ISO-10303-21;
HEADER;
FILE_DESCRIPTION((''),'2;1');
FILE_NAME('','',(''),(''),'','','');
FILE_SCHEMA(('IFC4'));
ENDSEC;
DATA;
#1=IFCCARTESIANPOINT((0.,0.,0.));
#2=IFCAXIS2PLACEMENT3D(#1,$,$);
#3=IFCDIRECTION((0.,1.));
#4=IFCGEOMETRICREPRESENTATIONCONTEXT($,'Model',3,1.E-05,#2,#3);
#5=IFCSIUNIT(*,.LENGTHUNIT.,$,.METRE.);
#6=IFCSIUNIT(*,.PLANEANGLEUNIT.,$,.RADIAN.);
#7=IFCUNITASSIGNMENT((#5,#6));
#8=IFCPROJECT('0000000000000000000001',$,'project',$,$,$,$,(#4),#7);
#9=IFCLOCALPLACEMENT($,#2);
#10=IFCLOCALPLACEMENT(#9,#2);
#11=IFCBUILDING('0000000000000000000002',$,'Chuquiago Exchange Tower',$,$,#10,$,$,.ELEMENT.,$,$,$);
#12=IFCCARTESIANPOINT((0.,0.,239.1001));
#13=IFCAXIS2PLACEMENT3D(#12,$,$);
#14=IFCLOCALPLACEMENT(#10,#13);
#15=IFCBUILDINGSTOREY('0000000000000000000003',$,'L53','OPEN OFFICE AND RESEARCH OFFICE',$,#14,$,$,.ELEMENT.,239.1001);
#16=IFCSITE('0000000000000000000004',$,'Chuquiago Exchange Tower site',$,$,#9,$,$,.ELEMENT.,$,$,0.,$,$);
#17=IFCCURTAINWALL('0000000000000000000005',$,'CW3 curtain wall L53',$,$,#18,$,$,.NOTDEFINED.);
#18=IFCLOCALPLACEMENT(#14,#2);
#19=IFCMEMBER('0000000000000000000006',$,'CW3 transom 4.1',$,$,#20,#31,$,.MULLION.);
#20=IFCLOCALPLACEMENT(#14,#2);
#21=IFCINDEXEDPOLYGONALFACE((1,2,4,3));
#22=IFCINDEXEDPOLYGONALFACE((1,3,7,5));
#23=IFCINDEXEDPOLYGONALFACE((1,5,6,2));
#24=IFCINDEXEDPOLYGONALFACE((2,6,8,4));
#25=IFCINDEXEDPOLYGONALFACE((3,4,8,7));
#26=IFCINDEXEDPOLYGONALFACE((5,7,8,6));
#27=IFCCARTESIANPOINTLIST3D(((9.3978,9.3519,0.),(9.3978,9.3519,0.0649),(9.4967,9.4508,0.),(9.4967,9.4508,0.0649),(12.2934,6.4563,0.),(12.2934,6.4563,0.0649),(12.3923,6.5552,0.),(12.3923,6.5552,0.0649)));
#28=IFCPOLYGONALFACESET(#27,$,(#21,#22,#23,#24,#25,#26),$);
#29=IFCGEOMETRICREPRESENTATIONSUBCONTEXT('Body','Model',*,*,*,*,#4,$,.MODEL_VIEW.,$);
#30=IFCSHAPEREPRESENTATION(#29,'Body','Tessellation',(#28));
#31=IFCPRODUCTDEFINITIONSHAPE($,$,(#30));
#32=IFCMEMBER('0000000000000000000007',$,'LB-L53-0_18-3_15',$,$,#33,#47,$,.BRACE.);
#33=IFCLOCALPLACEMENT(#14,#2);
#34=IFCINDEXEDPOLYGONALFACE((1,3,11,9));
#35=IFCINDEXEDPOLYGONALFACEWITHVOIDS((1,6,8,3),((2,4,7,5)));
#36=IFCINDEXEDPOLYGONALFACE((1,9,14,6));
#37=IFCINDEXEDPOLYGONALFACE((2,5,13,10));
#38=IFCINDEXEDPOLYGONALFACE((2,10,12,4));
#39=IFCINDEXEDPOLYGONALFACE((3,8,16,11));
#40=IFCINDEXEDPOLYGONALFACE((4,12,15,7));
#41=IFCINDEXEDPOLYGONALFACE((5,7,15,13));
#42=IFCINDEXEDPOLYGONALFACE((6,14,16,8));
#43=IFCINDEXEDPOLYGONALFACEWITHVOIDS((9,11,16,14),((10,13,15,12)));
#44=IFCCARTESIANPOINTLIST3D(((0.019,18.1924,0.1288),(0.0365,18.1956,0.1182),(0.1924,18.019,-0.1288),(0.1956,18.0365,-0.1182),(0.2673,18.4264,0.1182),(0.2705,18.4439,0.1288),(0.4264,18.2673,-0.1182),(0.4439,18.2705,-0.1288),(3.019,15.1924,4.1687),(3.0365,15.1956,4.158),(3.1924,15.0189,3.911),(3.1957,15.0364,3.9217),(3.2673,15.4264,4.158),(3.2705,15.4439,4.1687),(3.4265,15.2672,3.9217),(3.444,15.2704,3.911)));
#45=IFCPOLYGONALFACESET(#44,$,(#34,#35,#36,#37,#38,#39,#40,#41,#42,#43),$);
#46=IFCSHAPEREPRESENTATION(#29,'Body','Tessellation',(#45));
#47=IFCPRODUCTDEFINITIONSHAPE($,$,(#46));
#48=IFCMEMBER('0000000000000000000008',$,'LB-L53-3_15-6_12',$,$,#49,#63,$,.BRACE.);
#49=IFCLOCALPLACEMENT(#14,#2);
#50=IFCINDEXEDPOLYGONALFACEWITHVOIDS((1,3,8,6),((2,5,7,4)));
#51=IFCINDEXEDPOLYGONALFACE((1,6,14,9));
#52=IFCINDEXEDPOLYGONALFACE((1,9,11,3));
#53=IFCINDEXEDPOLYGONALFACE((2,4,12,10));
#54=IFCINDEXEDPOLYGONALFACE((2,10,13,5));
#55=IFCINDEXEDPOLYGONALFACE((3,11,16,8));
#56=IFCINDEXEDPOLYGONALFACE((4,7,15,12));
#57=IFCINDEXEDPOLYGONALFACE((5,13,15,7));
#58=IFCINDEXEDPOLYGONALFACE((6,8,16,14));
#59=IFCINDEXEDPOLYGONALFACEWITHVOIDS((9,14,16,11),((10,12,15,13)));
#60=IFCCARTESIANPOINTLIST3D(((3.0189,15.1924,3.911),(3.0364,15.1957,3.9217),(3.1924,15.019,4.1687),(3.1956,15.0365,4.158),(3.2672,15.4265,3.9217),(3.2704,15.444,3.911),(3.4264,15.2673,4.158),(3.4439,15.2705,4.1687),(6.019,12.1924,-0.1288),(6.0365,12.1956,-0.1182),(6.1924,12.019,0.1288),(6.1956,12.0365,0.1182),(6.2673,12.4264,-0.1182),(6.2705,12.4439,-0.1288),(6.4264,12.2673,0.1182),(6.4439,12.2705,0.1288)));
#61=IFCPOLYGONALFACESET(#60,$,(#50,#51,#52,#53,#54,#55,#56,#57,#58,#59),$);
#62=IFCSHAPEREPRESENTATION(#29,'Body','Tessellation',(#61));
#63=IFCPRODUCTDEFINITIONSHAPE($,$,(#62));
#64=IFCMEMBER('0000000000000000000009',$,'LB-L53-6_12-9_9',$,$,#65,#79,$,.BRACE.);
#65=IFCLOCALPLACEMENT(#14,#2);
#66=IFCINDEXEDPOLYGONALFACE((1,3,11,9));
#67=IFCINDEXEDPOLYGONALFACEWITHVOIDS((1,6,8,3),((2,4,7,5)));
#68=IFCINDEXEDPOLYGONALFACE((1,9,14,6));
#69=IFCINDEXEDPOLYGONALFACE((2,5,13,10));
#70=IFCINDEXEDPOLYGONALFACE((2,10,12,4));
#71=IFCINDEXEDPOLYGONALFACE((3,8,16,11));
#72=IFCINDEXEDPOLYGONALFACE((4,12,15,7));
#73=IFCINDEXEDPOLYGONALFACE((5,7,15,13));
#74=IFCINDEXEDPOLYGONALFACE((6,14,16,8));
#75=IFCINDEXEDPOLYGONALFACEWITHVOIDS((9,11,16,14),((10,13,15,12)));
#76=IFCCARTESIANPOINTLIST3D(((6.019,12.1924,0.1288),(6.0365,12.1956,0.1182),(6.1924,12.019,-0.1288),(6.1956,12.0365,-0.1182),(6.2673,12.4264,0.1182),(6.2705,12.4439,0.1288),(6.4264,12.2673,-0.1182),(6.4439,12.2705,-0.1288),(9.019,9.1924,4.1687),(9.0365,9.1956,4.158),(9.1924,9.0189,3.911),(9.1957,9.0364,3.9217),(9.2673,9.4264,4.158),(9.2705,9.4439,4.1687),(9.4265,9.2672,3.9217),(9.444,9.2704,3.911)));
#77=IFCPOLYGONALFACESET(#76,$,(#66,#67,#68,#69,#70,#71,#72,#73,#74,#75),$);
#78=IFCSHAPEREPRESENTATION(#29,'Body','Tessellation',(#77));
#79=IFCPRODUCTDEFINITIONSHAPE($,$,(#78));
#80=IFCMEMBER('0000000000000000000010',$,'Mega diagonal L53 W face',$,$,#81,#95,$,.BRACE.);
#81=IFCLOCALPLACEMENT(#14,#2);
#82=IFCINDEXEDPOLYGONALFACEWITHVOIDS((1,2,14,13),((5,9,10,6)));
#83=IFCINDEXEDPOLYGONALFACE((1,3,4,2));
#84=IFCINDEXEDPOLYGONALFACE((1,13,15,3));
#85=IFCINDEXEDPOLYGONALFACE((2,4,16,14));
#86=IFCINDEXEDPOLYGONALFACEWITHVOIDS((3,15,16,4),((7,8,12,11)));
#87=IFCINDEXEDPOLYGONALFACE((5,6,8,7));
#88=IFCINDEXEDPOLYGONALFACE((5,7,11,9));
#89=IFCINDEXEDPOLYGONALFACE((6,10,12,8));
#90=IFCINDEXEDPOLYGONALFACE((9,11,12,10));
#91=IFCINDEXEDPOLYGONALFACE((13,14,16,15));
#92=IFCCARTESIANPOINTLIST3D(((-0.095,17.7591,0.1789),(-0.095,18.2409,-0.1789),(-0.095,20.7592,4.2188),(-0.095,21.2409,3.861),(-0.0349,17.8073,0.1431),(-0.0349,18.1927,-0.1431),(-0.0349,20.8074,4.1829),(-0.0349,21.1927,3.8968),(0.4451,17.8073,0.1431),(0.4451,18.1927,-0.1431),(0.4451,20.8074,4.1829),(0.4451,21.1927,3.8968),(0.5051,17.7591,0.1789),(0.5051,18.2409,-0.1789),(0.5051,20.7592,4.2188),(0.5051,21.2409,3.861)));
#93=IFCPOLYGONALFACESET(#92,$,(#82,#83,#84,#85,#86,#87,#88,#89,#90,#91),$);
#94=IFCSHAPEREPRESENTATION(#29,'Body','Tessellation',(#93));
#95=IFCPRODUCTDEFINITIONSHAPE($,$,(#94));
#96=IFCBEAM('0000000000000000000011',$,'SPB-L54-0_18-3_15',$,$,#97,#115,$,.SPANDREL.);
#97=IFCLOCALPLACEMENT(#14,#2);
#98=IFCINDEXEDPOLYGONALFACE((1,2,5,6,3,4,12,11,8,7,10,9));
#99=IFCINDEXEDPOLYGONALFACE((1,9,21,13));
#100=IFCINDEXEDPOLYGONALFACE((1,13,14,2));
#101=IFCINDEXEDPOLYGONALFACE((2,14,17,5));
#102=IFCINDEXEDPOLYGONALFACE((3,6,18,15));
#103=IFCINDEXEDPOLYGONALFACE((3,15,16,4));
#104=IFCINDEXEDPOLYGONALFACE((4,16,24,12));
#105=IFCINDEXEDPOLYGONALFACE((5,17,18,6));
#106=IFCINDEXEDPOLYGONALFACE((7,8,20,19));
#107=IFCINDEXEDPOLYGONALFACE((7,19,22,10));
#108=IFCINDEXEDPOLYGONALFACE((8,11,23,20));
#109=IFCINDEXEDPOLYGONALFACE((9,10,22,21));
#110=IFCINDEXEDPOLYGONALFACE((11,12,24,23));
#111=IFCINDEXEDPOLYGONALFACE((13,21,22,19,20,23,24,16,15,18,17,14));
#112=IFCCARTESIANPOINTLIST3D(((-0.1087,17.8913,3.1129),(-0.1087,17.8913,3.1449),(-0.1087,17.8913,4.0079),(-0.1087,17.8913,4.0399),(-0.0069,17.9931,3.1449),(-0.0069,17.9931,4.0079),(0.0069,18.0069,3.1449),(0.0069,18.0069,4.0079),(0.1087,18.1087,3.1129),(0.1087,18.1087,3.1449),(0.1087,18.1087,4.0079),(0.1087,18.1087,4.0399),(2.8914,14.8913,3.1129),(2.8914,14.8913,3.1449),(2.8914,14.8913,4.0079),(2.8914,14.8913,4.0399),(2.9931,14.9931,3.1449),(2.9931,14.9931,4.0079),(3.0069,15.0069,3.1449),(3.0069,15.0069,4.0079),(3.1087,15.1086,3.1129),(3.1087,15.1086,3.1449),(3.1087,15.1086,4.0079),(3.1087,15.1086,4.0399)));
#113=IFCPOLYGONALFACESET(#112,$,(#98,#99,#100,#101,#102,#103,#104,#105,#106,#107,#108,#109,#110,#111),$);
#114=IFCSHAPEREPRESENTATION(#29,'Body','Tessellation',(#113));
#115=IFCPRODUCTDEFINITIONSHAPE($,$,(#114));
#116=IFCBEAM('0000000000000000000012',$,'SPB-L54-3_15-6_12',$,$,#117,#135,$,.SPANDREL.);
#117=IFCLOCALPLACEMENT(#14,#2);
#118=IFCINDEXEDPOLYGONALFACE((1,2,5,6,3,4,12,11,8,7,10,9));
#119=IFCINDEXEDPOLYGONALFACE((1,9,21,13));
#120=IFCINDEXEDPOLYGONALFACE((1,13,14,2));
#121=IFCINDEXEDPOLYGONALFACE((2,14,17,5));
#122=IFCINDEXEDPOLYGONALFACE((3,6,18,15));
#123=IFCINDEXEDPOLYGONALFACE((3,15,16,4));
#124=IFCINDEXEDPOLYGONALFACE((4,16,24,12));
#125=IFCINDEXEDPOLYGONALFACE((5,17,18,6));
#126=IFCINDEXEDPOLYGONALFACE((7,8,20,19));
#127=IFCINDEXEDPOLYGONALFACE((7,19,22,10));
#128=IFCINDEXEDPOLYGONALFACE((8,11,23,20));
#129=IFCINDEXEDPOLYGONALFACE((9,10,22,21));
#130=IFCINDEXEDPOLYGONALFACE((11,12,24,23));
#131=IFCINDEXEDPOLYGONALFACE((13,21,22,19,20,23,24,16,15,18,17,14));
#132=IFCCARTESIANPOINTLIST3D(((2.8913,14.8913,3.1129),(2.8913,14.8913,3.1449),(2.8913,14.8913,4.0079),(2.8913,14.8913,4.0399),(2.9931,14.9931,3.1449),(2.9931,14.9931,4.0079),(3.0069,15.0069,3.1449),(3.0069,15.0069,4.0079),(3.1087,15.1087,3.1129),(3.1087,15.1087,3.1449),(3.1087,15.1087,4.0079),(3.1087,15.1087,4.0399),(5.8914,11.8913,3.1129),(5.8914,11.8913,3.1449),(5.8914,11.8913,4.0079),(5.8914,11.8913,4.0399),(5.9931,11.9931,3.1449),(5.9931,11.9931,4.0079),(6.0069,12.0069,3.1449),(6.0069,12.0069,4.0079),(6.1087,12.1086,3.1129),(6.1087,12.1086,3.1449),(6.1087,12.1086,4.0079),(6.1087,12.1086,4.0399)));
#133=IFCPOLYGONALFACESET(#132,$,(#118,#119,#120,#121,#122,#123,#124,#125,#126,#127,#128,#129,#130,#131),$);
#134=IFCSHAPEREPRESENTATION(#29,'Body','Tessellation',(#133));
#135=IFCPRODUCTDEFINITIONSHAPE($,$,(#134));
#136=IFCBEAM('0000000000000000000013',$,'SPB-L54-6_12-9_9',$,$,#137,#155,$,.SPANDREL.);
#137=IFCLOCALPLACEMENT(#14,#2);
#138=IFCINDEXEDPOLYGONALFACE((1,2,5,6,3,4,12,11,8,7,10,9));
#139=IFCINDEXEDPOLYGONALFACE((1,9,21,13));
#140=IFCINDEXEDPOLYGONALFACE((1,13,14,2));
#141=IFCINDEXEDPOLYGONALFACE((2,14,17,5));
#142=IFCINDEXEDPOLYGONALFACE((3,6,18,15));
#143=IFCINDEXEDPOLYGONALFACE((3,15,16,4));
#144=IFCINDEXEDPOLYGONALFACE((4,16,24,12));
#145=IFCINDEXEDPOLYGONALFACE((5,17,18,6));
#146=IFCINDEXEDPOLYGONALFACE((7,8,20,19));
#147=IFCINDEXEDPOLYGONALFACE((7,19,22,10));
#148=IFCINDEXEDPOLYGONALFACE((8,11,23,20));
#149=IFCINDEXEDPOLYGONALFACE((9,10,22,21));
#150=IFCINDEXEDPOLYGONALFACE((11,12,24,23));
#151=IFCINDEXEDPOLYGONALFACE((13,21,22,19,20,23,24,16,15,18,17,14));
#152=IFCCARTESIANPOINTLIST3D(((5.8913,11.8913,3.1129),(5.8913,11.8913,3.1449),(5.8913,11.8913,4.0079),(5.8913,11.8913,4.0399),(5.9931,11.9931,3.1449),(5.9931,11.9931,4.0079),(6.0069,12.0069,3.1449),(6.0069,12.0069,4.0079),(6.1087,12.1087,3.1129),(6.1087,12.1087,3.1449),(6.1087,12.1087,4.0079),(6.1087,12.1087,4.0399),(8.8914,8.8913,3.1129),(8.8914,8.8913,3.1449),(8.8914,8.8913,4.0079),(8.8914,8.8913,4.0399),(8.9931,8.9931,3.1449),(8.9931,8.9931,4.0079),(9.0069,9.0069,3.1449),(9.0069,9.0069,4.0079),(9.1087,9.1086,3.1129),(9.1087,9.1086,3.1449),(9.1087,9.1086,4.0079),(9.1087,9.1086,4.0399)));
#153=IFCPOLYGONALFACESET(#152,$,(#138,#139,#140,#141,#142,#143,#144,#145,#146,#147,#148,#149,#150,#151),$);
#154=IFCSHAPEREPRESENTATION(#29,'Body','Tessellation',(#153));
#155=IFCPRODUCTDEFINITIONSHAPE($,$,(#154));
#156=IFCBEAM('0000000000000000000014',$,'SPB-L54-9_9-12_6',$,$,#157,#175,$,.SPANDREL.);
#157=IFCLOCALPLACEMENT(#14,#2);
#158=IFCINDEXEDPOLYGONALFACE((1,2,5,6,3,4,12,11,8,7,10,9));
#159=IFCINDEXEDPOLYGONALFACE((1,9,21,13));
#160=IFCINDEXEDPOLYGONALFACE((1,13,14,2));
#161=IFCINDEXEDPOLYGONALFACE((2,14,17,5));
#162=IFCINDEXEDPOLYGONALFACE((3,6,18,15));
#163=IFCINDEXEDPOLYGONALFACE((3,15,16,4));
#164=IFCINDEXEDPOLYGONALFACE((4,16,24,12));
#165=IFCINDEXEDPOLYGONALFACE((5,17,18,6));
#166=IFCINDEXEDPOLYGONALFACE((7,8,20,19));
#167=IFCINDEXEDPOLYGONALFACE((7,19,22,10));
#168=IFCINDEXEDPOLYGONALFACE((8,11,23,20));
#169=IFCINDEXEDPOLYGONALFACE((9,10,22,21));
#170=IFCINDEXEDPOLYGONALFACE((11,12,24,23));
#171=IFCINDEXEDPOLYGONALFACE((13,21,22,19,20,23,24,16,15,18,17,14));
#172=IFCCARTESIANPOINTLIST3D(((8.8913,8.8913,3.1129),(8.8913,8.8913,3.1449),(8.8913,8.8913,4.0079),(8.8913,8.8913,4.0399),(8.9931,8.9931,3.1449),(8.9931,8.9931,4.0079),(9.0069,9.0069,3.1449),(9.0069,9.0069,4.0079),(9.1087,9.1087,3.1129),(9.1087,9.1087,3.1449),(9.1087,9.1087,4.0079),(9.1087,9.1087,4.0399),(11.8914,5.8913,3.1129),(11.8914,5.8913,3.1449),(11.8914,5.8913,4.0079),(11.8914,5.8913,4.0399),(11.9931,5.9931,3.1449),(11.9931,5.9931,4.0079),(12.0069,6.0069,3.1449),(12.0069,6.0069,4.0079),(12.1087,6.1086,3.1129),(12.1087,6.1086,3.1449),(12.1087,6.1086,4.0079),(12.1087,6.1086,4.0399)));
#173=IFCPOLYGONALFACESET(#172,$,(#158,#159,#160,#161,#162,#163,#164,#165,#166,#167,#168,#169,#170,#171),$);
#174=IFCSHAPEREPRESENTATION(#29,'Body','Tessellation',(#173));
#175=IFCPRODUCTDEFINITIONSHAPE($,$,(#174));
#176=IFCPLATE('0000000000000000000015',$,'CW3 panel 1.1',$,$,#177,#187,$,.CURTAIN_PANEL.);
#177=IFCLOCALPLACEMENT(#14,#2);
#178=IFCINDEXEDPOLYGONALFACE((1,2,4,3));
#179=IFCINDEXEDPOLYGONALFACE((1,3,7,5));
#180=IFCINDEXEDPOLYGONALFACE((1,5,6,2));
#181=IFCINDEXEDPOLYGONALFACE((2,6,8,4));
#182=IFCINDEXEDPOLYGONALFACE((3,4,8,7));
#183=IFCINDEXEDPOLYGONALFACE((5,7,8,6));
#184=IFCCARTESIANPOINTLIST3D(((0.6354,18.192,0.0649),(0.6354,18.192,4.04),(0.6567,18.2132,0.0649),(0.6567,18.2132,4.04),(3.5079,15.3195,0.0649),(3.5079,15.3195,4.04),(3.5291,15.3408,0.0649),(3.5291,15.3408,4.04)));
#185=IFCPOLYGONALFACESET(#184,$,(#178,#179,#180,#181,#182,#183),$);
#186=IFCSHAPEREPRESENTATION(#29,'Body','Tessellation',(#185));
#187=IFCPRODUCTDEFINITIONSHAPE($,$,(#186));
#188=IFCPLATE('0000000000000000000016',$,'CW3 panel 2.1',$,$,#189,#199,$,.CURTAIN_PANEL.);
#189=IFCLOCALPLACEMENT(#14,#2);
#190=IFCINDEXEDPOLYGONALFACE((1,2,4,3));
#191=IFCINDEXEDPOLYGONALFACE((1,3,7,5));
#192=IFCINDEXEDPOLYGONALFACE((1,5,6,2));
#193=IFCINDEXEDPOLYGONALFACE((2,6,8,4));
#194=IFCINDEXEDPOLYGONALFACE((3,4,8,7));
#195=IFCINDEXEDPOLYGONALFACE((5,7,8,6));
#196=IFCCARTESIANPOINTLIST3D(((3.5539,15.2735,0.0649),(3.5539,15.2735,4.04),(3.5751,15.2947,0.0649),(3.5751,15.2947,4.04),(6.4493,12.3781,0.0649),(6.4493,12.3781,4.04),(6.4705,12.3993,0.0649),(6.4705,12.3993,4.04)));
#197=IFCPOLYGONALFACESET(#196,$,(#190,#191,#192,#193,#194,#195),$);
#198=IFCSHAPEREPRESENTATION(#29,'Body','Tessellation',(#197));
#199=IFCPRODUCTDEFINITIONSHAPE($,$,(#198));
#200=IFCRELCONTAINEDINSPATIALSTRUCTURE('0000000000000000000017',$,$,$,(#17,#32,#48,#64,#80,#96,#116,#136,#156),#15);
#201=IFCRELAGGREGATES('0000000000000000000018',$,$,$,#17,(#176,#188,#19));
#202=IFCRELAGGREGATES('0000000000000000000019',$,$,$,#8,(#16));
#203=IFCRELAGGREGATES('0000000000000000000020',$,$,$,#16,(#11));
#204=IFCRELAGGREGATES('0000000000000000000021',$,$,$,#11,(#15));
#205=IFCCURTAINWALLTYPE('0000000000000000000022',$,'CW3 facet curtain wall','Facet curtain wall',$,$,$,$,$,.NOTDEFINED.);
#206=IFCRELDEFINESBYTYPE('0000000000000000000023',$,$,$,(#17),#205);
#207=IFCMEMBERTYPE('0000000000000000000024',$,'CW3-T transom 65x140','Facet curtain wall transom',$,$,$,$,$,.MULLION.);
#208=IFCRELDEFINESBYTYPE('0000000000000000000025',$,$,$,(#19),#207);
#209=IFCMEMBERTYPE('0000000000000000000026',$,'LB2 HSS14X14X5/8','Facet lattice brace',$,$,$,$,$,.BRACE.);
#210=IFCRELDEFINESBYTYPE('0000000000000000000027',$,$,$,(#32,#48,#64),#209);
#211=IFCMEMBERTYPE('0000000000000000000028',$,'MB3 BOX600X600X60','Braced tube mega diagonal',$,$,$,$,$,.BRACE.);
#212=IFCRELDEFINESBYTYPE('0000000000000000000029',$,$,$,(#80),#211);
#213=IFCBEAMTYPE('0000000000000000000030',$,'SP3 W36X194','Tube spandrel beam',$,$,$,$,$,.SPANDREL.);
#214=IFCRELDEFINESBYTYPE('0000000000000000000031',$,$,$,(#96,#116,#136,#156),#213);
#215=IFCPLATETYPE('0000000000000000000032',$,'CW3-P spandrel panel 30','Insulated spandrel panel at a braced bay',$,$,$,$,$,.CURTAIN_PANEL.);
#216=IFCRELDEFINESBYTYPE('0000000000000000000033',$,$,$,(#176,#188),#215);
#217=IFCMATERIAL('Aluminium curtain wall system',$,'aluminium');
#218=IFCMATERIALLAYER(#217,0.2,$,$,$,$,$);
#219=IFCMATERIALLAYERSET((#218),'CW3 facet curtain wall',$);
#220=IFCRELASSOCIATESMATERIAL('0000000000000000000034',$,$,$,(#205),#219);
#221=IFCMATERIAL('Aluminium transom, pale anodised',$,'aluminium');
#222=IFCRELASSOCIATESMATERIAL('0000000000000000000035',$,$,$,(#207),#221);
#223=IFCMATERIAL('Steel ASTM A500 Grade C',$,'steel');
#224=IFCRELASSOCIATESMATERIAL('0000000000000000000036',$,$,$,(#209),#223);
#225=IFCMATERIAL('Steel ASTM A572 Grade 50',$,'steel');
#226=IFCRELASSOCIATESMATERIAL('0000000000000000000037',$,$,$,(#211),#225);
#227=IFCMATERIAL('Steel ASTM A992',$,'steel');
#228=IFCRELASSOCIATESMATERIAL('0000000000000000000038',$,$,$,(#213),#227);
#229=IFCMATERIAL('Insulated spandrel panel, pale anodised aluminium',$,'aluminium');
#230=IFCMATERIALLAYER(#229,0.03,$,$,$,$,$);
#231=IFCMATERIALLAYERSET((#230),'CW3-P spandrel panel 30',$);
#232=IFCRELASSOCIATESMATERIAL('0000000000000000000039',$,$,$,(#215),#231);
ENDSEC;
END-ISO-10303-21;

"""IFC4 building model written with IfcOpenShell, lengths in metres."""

from ifc_helpers import new_model, si_unit, direction, frame, origin, origin_2d, place, context, subcontext, project, spatial, rectangle, hollow_rectangle, i_section, extrude, material, layer, layer_set, material_profile, profile_set, type_object, element, aggregate, save


model = new_model("IFC4")

# Units and contexts
model_context = context("Model", 3, precision=1e-05, world=origin(), true_north=direction((0.0, 1.0)))
body_context = subcontext(model_context, "Body", "Model", "MODEL_VIEW")
ifc_project = project(units=[si_unit("LENGTHUNIT", "METRE"), si_unit("PLANEANGLEUNIT", "RADIAN")], contexts=[model_context])

# Site, building, storey
site_placement = place(None, origin())
site = spatial("IfcSite", under=ifc_project, at=site_placement, Name="Chuquiago Exchange Tower site", CompositionType="ELEMENT", RefElevation=0.0)
building_placement = place(site_placement, origin())
building = spatial("IfcBuilding", under=site, at=building_placement, Name="Chuquiago Exchange Tower", CompositionType="ELEMENT")
storey_placement = place(building_placement, frame((0.0, 0.0, 239.1001)))
storey = spatial("IfcBuildingStorey", under=building, at=storey_placement, Name="L53", Description="OPEN OFFICE AND RESEARCH OFFICE", CompositionType="ELEMENT", Elevation=239.1001)

# Curtain wall, member
ifc_material_1 = material(Name="Aluminium curtain wall system", Category="aluminium")
ifc_layer_1 = layer(ifc_material_1, 0.2)
ifc_layer_set_1 = layer_set([ifc_layer_1], Name="CW3 facet curtain wall")
curtain_wall_type_1 = type_object("IfcCurtainWallType", Name="CW3 facet curtain wall", Description="Facet curtain wall", PredefinedType="NOTDEFINED", material=ifc_layer_set_1)
curtain_wall_1_placement = place(storey_placement, origin())
curtain_wall_1 = element("IfcCurtainWall", 1, at=curtain_wall_1_placement, inside=storey, type_object=curtain_wall_type_1, Name="CW3 curtain wall L53", PredefinedType="NOTDEFINED")
ifc_material_2 = material(Name="Aluminium transom, pale anodised", Category="aluminium")
ifc_material_profile_1 = material_profile(ifc_material_2, rectangle(XDim=0.1399, YDim=0.0649, at=origin_2d()), Name="AL 140x65")
ifc_profile_set_1 = profile_set([ifc_material_profile_1], Name="Aluminium transom, pale anodised")
member_type_1 = type_object("IfcMemberType", Name="CW3-T transom 65x140", Description="Facet curtain wall transom", PredefinedType="MULLION", material=ifc_profile_set_1)
member_1_placement = place(storey_placement, frame((9.4473, 9.4014, 0.0325), z_axis=(0.707107, -0.707107, 0.0), x_axis=(0.707107, 0.707107, 0.0)))
member_1 = element("IfcMember", 2, at=member_1_placement, type_object=member_type_1, Name="CW3 transom 4.1", PredefinedType="MULLION", context=body_context, shape_type="SweptSolid", body=[
    extrude(rectangle(XDim=0.1399, YDim=0.0649, at=origin_2d()), origin(), (0.0, 0.0, 1.0), 4.095),
])

# Members
ifc_material_3 = material(Name="Steel ASTM A500 Grade C", Category="steel")
ifc_material_profile_2 = material_profile(ifc_material_3, hollow_rectangle(XDim=0.3557, YDim=0.3557, WallThickness=0.0146, at=origin_2d()), Name="HSS14X14X5/8")
ifc_profile_set_2 = profile_set([ifc_material_profile_2], Name="Steel ASTM A500 Grade C")
member_type_2 = type_object("IfcMemberType", Name="LB2 HSS14X14X5/8", Description="Facet lattice brace", PredefinedType="BRACE", material=ifc_profile_set_2)
for number, where, z_axis, x_axis, name in (
    (3, (0.2314, 18.2314, 0.0), (0.512092, -0.512092, 0.689582), (0.707107, 0.707107, 0.0), "LB-L53-0_18-3_15"),
    (4, (6.2314, 12.2314, 0.0), (-0.512092, 0.512092, 0.689582), (-0.707107, -0.707107, 0.0), "LB-L53-3_15-6_12"),
    (5, (6.2314, 12.2314, 0.0), (0.512092, -0.512092, 0.689582), (0.707107, 0.707107, 0.0), "LB-L53-6_12-9_9"),
):
    element("IfcMember", number, at=place(storey_placement, frame(where, z_axis=z_axis, x_axis=x_axis)), inside=storey, type_object=member_type_2, Name=name, PredefinedType="BRACE", context=body_context, shape_type="SweptSolid", body=[
        extrude(hollow_rectangle(XDim=0.3557, YDim=0.3557, WallThickness=0.0146, at=origin_2d()), origin(), (0.0, 0.0, 1.0), 5.8584),
    ])
ifc_material_4 = material(Name="Steel ASTM A572 Grade 50", Category="steel")
ifc_material_profile_3 = material_profile(ifc_material_4, hollow_rectangle(XDim=0.6001, YDim=0.6001, WallThickness=0.0601, at=origin_2d()), Name="BOX600X600X60")
ifc_profile_set_3 = profile_set([ifc_material_profile_3], Name="Steel ASTM A572 Grade 50")
member_type_3 = type_object("IfcMemberType", Name="MB3 BOX600X600X60", Description="Braced tube mega diagonal", PredefinedType="BRACE", material=ifc_profile_set_3)
member_2_placement = place(storey_placement, frame((0.2051, 18.0, 0.0), z_axis=(0.0, 0.596197, 0.802838), x_axis=(-1.0, 0.0, 0.0)))
element("IfcMember", 6, at=member_2_placement, inside=storey, type_object=member_type_3, Name="Mega diagonal L53 W face", PredefinedType="BRACE", context=body_context, shape_type="SweptSolid", body=[
    extrude(hollow_rectangle(XDim=0.6001, YDim=0.6001, WallThickness=0.0601, at=origin_2d()), origin(), (0.0, 0.0, 1.0), 5.032),
])

# Beams
ifc_material_5 = material(Name="Steel ASTM A992", Category="steel")
ifc_material_profile_4 = material_profile(ifc_material_5, i_section(OverallWidth=0.3074, OverallDepth=0.927, WebThickness=0.0195, FlangeThickness=0.032, at=origin_2d()), Name="W36X194")
ifc_profile_set_4 = profile_set([ifc_material_profile_4], Name="Steel ASTM A992")
beam_type = type_object("IfcBeamType", Name="SP3 W36X194", Description="Tube spandrel beam", PredefinedType="SPANDREL", material=ifc_profile_set_4)
for number, where, z_axis, x_axis, name in (
    (7, (0.0, 18.0, 3.5764), (0.707107, -0.707107, 0.0), (0.707107, 0.707107, 0.0), "SPB-L54-0_18-3_15"),
    (8, (3.0, 15.0, 3.5764), (0.707107, -0.707107, 0.0), (0.707107, 0.707107, 0.0), "SPB-L54-3_15-6_12"),
    (9, (6.0, 12.0, 3.5764), (0.707107, -0.707107, 0.0), (0.707107, 0.707107, 0.0), "SPB-L54-6_12-9_9"),
    (10, (9.0, 9.0, 3.5764), (0.707107, -0.707107, 0.0), (0.707107, 0.707107, 0.0), "SPB-L54-9_9-12_6"),
):
    element("IfcBeam", number, at=place(storey_placement, frame(where, z_axis=z_axis, x_axis=x_axis)), inside=storey, type_object=beam_type, Name=name, PredefinedType="SPANDREL", context=body_context, shape_type="SweptSolid", body=[
        extrude(i_section(OverallWidth=0.3074, OverallDepth=0.927, WebThickness=0.0195, FlangeThickness=0.032, at=origin_2d()), origin(), (0.0, 0.0, 1.0), 4.2427),
    ])

# Plates
ifc_material_6 = material(Name="Insulated spandrel panel, pale anodised aluminium", Category="aluminium")
ifc_layer_2 = layer(ifc_material_6, 0.03)
ifc_layer_set_2 = layer_set([ifc_layer_2], Name="CW3-P spandrel panel 30")
plate_type = type_object("IfcPlateType", Name="CW3-P spandrel panel 30", Description="Insulated spandrel panel at a braced bay", PredefinedType="CURTAIN_PANEL", material=ifc_layer_set_2)
plate_1_placement = place(storey_placement, frame((2.0823, 16.7664, 0.0649), z_axis=(0.0, 0.0, 1.0), x_axis=(0.707107, -0.707107, 0.0)))
plate_1 = element("IfcPlate", 11, at=plate_1_placement, type_object=plate_type, Name="CW3 panel 1.1", PredefinedType="CURTAIN_PANEL", context=body_context, shape_type="SweptSolid", body=[
    extrude(rectangle(XDim=4.0623, YDim=0.03, at=origin_2d()), origin(), (0.0, 0.0, 1.0), 3.9751),
])
plate_2_placement = place(storey_placement, frame((5.0122, 13.8364, 0.0649), z_axis=(0.0, 0.0, 1.0), x_axis=(0.707107, -0.707107, 0.0)))
plate_2 = element("IfcPlate", 12, at=plate_2_placement, type_object=plate_type, Name="CW3 panel 2.1", PredefinedType="CURTAIN_PANEL", context=body_context, shape_type="SweptSolid", body=[
    extrude(rectangle(XDim=4.0947, YDim=0.03, at=origin_2d()), origin(), (0.0, 0.0, 1.0), 3.9751),
])
aggregate(curtain_wall_1, [plate_1, plate_2, member_1])

save(model, "model.ifc")
